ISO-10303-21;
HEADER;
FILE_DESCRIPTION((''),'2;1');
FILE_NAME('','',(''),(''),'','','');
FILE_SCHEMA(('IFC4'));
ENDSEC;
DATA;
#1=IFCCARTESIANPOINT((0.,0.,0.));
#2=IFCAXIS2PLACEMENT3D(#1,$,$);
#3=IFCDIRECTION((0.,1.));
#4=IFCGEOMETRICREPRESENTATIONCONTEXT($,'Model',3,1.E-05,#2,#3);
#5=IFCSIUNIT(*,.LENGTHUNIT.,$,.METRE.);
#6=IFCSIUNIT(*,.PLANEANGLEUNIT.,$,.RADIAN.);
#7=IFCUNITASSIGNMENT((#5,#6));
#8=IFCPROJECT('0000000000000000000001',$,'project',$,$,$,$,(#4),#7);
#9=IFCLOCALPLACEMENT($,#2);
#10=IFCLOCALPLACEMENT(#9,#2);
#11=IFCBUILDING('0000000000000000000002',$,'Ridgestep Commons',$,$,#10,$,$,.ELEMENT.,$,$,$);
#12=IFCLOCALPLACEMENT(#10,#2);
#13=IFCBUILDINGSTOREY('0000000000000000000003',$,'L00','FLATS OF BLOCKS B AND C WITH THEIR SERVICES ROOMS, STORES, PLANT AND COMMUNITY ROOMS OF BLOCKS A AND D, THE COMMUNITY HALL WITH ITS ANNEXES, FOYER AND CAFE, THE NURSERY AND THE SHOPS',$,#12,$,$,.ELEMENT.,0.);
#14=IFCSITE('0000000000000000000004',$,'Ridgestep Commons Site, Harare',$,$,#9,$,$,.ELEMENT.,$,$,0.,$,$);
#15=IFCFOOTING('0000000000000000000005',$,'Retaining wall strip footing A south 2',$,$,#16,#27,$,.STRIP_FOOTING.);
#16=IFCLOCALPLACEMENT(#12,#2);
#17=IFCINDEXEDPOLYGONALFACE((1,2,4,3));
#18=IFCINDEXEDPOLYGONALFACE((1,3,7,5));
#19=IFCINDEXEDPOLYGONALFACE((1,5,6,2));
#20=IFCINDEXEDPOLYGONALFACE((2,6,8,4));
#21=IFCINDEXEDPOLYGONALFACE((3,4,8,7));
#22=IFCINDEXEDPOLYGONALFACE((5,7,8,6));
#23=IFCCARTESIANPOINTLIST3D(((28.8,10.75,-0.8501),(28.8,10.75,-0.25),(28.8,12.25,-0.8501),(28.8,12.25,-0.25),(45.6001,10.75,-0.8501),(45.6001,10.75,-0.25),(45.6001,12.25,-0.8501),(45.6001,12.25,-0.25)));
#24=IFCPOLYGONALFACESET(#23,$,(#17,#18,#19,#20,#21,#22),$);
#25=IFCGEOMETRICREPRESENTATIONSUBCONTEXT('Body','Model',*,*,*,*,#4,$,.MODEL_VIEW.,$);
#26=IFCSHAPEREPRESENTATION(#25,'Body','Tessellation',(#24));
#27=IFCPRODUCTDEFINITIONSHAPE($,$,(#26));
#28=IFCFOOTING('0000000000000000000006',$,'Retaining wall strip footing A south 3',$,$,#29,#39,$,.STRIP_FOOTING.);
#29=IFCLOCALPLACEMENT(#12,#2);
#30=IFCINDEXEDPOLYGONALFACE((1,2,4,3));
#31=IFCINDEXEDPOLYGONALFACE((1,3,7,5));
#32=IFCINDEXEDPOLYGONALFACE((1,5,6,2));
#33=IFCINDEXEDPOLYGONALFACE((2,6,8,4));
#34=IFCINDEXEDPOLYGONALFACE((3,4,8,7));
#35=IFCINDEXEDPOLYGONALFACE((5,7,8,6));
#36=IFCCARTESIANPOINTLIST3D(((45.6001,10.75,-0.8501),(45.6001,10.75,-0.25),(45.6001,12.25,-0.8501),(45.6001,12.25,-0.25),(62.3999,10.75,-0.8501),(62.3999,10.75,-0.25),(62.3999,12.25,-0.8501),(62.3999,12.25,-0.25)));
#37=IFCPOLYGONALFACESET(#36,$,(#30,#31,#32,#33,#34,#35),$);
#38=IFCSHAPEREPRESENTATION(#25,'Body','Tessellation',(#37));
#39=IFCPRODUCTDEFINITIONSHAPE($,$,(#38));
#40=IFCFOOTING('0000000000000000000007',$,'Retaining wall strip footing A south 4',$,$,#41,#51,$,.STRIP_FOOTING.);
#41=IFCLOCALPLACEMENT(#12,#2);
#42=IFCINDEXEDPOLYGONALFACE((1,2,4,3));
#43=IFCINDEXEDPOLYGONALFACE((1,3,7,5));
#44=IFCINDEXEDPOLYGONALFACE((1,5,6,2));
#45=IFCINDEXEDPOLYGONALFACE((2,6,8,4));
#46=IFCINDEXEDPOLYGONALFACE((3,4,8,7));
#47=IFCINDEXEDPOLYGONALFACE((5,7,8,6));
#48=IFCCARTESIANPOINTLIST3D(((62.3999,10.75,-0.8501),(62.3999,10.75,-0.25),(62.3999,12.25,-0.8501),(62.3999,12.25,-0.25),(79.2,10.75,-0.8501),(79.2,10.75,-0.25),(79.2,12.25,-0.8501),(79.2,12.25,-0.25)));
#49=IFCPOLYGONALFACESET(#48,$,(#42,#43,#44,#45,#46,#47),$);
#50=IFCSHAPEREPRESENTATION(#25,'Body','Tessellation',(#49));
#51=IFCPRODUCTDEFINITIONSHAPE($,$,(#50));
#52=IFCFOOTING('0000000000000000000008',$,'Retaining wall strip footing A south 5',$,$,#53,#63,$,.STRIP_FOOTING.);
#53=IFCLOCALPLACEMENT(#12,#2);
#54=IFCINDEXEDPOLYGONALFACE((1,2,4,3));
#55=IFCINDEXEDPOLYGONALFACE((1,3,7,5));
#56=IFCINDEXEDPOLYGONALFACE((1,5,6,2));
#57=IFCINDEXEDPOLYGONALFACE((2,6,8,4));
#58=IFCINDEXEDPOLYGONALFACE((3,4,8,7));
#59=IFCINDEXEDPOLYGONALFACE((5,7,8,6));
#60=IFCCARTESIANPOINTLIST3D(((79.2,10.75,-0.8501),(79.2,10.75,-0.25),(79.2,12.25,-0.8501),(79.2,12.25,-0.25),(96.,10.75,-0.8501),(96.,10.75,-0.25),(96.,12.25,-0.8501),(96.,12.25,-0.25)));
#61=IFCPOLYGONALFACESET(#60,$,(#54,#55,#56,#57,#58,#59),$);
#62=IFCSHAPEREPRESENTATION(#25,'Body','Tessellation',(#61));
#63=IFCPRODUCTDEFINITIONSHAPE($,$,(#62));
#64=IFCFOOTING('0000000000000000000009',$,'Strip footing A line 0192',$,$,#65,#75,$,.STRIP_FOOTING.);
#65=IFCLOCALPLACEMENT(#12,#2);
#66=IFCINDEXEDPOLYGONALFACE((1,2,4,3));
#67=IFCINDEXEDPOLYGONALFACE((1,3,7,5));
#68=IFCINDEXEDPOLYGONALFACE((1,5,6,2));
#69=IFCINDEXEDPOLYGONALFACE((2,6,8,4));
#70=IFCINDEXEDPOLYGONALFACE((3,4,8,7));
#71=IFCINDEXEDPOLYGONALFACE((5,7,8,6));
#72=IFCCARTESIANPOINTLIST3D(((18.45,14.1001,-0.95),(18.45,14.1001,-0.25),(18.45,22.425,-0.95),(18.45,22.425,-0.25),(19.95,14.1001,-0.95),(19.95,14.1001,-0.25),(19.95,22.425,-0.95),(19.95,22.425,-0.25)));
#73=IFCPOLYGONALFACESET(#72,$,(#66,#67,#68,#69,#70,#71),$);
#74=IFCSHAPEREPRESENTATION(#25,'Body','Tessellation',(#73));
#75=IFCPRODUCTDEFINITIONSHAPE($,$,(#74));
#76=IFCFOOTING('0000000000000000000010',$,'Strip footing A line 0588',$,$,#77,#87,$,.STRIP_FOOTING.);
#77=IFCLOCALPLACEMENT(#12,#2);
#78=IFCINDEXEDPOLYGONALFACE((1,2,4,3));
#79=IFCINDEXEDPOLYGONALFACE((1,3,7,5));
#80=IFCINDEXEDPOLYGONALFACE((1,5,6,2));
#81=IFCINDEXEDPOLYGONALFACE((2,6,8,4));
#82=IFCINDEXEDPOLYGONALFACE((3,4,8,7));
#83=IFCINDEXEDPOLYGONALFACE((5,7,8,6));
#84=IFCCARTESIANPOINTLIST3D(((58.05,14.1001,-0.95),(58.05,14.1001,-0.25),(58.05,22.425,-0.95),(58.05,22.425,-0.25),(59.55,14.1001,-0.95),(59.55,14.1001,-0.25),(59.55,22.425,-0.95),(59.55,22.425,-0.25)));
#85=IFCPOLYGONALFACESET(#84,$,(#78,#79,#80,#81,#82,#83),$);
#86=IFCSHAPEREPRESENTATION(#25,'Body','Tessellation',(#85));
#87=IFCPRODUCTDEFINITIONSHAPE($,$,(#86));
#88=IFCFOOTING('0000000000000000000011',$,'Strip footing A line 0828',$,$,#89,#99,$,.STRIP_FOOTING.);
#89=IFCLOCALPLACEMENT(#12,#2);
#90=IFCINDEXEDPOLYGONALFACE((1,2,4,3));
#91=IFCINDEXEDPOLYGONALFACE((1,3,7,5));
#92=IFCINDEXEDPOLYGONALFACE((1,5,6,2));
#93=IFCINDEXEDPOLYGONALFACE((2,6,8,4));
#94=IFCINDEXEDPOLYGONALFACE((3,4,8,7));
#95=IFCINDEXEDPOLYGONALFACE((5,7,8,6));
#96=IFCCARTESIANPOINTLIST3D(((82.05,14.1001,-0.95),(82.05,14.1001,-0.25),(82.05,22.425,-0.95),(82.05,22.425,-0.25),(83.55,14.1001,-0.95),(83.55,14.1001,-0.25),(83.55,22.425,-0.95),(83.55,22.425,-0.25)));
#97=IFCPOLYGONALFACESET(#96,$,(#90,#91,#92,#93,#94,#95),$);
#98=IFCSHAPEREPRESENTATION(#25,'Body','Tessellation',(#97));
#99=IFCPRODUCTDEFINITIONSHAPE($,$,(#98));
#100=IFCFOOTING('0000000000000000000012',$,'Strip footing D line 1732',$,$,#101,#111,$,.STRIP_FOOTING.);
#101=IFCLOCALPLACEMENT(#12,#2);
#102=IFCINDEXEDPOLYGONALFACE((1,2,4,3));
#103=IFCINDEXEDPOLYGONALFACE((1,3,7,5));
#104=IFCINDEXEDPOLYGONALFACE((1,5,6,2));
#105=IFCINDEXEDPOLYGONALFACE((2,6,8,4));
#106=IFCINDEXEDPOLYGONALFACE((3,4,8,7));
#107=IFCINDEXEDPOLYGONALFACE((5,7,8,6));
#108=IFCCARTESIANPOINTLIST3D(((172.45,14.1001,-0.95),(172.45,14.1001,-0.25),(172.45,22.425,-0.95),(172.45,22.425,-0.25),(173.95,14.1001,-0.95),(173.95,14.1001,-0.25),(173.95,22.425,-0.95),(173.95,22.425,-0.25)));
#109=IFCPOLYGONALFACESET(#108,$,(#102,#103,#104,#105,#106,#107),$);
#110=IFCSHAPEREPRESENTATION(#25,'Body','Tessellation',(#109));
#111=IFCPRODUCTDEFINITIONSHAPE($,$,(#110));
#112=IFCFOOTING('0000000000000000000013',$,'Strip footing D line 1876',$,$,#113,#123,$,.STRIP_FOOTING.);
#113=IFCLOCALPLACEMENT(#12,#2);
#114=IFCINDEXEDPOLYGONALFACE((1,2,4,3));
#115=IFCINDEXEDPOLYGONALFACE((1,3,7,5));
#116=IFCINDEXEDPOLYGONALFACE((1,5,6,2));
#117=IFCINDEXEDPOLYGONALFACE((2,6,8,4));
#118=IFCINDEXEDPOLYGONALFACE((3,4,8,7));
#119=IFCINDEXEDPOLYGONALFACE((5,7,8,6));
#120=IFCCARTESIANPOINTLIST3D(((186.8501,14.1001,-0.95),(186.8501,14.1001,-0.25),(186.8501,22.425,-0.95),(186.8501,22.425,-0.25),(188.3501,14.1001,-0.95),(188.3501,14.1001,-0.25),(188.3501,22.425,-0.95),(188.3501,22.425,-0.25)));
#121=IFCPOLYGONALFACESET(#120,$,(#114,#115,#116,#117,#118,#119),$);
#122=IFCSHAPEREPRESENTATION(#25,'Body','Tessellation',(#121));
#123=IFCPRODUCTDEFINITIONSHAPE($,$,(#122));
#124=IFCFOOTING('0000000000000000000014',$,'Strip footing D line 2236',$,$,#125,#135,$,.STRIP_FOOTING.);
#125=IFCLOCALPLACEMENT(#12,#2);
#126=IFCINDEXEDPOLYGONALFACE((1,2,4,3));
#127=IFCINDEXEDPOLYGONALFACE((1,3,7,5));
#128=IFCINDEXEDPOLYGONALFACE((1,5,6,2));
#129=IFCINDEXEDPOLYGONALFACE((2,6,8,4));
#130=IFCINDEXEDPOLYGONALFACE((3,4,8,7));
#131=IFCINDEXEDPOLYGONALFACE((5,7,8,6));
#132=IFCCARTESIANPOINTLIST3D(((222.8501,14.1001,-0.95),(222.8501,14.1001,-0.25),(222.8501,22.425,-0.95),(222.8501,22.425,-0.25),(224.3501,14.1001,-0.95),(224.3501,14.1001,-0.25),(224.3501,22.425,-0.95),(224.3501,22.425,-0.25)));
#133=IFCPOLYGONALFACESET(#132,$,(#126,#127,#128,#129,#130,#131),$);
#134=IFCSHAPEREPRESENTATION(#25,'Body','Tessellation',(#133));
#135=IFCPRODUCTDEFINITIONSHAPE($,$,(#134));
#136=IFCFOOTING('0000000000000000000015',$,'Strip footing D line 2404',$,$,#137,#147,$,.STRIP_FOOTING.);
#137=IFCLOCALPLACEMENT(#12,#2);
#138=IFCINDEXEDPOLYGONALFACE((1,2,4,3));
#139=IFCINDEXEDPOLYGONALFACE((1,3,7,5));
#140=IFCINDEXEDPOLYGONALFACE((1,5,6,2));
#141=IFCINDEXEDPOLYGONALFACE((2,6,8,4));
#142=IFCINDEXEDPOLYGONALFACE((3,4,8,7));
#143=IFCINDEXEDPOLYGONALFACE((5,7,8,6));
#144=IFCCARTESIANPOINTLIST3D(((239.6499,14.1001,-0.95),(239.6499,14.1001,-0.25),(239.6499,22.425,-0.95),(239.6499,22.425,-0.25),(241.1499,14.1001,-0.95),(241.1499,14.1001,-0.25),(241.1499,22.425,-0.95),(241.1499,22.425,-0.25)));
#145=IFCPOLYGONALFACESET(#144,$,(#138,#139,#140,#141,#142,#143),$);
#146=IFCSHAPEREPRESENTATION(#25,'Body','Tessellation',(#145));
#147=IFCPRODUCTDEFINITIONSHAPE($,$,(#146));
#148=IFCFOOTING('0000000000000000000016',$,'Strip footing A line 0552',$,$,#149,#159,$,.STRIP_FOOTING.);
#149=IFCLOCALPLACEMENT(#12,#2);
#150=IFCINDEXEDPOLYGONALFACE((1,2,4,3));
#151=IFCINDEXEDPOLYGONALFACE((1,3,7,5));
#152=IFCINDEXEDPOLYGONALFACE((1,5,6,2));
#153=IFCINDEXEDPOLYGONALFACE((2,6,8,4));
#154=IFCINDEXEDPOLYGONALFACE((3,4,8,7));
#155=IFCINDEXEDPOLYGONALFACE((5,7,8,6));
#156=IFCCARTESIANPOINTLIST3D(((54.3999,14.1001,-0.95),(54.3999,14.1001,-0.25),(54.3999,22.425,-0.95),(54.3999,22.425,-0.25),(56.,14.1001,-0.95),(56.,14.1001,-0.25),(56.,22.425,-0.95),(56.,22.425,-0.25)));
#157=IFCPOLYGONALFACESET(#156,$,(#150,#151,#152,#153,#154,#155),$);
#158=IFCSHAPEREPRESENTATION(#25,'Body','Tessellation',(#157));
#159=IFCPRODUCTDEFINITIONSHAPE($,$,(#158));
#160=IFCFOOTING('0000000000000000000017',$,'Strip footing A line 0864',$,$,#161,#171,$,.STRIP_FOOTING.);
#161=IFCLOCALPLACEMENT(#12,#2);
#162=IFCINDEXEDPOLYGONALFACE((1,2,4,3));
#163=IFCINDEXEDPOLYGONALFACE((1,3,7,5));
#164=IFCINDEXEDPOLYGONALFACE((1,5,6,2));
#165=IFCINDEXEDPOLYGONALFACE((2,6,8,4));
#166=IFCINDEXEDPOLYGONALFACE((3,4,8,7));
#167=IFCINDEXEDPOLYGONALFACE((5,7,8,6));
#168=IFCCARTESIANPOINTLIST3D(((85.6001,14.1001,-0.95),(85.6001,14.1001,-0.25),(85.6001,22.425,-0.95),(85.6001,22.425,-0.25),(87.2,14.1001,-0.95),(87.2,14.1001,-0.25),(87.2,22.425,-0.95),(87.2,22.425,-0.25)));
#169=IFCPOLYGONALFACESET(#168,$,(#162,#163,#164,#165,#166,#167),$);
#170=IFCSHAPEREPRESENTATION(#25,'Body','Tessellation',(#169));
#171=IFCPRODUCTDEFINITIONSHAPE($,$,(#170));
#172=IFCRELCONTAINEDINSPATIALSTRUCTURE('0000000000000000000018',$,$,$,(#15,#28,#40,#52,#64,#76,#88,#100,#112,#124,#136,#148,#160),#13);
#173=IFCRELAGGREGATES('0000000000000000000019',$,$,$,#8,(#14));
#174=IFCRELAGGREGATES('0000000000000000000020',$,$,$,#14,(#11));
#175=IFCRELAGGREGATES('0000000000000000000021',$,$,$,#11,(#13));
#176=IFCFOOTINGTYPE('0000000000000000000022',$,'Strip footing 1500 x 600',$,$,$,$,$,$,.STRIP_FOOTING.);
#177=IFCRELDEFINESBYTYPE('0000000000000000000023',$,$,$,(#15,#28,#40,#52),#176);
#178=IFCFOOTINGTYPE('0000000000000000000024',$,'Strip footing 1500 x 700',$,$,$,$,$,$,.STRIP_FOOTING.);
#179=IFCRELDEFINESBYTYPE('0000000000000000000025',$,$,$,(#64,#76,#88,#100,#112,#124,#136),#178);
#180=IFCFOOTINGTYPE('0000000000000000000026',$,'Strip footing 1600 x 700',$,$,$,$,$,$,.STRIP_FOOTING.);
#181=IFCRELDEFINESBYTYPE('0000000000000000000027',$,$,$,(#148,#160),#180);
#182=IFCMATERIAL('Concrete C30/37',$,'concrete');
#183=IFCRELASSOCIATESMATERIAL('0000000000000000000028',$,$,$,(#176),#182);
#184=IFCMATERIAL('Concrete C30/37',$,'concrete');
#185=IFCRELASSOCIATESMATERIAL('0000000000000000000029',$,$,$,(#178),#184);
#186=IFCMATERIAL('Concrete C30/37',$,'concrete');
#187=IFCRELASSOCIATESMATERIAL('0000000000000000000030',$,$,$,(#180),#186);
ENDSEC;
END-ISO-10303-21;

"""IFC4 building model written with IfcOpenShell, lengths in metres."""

from ifc_helpers import new_model, si_unit, direction, frame, origin, place, context, subcontext, project, spatial, polyline, outline, extrude, material, type_object, element, save


model = new_model("IFC4")

# Units and contexts
model_context = context("Model", 3, precision=1e-05, world=origin(), true_north=direction((0.0, 1.0)))
body_context = subcontext(model_context, "Body", "Model", "MODEL_VIEW")
ifc_project = project(units=[si_unit("LENGTHUNIT", "METRE"), si_unit("PLANEANGLEUNIT", "RADIAN")], contexts=[model_context])

# Site, building, storey
site_placement = place(None, origin())
site = spatial("IfcSite", under=ifc_project, at=site_placement, Name="Ridgestep Commons Site, Harare", CompositionType="ELEMENT", RefElevation=0.0)
building_placement = place(site_placement, origin())
building = spatial("IfcBuilding", under=site, at=building_placement, Name="Ridgestep Commons", CompositionType="ELEMENT")
storey_placement = place(building_placement, origin())
storey = spatial("IfcBuildingStorey", under=building, at=storey_placement, Name="L00", Description="FLATS OF BLOCKS B AND C WITH THEIR SERVICES ROOMS, STORES, PLANT AND COMMUNITY ROOMS OF BLOCKS A AND D, THE COMMUNITY HALL WITH ITS ANNEXES, FOYER AND CAFE, THE NURSERY AND THE SHOPS", CompositionType="ELEMENT", Elevation=0.0)

# Footings
ifc_material_1 = material(Name="Concrete C30/37", Category="concrete")
footing_type_1 = type_object("IfcFootingType", Name="Strip footing 1500 x 600", PredefinedType="STRIP_FOOTING", material=ifc_material_1)
footing_1_placement = place(storey_placement, frame((0.0, 0.0, -0.8501)))
element("IfcFooting", 1, at=footing_1_placement, inside=storey, type_object=footing_type_1, Name="Retaining wall strip footing A south 2", PredefinedType="STRIP_FOOTING", context=body_context, shape_type="SweptSolid", body=[
    extrude(outline(polyline([(45.6001, 10.75), (45.6001, 12.25), (28.8, 12.25), (28.8, 10.75), (45.6001, 10.75)])), origin(), (0.0, 0.0, 1.0), 0.6001),
])
footing_2_placement = place(storey_placement, frame((0.0, 0.0, -0.8501)))
element("IfcFooting", 2, at=footing_2_placement, inside=storey, type_object=footing_type_1, Name="Retaining wall strip footing A south 3", PredefinedType="STRIP_FOOTING", context=body_context, shape_type="SweptSolid", body=[
    extrude(outline(polyline([(62.3999, 10.75), (62.3999, 12.25), (45.6001, 12.25), (45.6001, 10.75), (62.3999, 10.75)])), origin(), (0.0, 0.0, 1.0), 0.6001),
])
footing_3_placement = place(storey_placement, frame((0.0, 0.0, -0.8501)))
element("IfcFooting", 3, at=footing_3_placement, inside=storey, type_object=footing_type_1, Name="Retaining wall strip footing A south 4", PredefinedType="STRIP_FOOTING", context=body_context, shape_type="SweptSolid", body=[
    extrude(outline(polyline([(79.2, 10.75), (79.2, 12.25), (62.3999, 12.25), (62.3999, 10.75), (79.2, 10.75)])), origin(), (0.0, 0.0, 1.0), 0.6001),
])
footing_4_placement = place(storey_placement, frame((0.0, 0.0, -0.8501)))
element("IfcFooting", 4, at=footing_4_placement, inside=storey, type_object=footing_type_1, Name="Retaining wall strip footing A south 5", PredefinedType="STRIP_FOOTING", context=body_context, shape_type="SweptSolid", body=[
    extrude(outline(polyline([(96.0, 10.75), (96.0, 12.25), (79.2, 12.25), (79.2, 10.75), (96.0, 10.75)])), origin(), (0.0, 0.0, 1.0), 0.6001),
])
ifc_material_2 = material(Name="Concrete C30/37", Category="concrete")
footing_type_2 = type_object("IfcFootingType", Name="Strip footing 1500 x 700", PredefinedType="STRIP_FOOTING", material=ifc_material_2)
footing_5_placement = place(storey_placement, frame((0.0, 0.0, -0.95)))
element("IfcFooting", 5, at=footing_5_placement, inside=storey, type_object=footing_type_2, Name="Strip footing A line 0192", PredefinedType="STRIP_FOOTING", context=body_context, shape_type="SweptSolid", body=[
    extrude(outline(polyline([(19.95, 14.1001), (19.95, 22.425), (18.45, 22.425), (18.45, 14.1001), (19.95, 14.1001)])), origin(), (0.0, 0.0, 1.0), 0.7),
])
footing_6_placement = place(storey_placement, frame((0.0, 0.0, -0.95)))
element("IfcFooting", 6, at=footing_6_placement, inside=storey, type_object=footing_type_2, Name="Strip footing A line 0588", PredefinedType="STRIP_FOOTING", context=body_context, shape_type="SweptSolid", body=[
    extrude(outline(polyline([(59.55, 14.1001), (59.55, 22.425), (58.05, 22.425), (58.05, 14.1001), (59.55, 14.1001)])), origin(), (0.0, 0.0, 1.0), 0.7),
])
footing_7_placement = place(storey_placement, frame((0.0, 0.0, -0.95)))
element("IfcFooting", 7, at=footing_7_placement, inside=storey, type_object=footing_type_2, Name="Strip footing A line 0828", PredefinedType="STRIP_FOOTING", context=body_context, shape_type="SweptSolid", body=[
    extrude(outline(polyline([(83.55, 14.1001), (83.55, 22.425), (82.05, 22.425), (82.05, 14.1001), (83.55, 14.1001)])), origin(), (0.0, 0.0, 1.0), 0.7),
])
footing_8_placement = place(storey_placement, frame((0.0, 0.0, -0.95)))
element("IfcFooting", 8, at=footing_8_placement, inside=storey, type_object=footing_type_2, Name="Strip footing D line 1732", PredefinedType="STRIP_FOOTING", context=body_context, shape_type="SweptSolid", body=[
    extrude(outline(polyline([(173.95, 14.1001), (173.95, 22.425), (172.45, 22.425), (172.45, 14.1001), (173.95, 14.1001)])), origin(), (0.0, 0.0, 1.0), 0.7),
])
footing_9_placement = place(storey_placement, frame((0.0, 0.0, -0.95)))
element("IfcFooting", 9, at=footing_9_placement, inside=storey, type_object=footing_type_2, Name="Strip footing D line 1876", PredefinedType="STRIP_FOOTING", context=body_context, shape_type="SweptSolid", body=[
    extrude(outline(polyline([(188.3501, 14.1001), (188.3501, 22.425), (186.8501, 22.425), (186.8501, 14.1001), (188.3501, 14.1001)])), origin(), (0.0, 0.0, 1.0), 0.7),
])
footing_10_placement = place(storey_placement, frame((0.0, 0.0, -0.95)))
element("IfcFooting", 10, at=footing_10_placement, inside=storey, type_object=footing_type_2, Name="Strip footing D line 2236", PredefinedType="STRIP_FOOTING", context=body_context, shape_type="SweptSolid", body=[
    extrude(outline(polyline([(224.3501, 14.1001), (224.3501, 22.425), (222.8501, 22.425), (222.8501, 14.1001), (224.3501, 14.1001)])), origin(), (0.0, 0.0, 1.0), 0.7),
])
footing_11_placement = place(storey_placement, frame((0.0, 0.0, -0.95)))
element("IfcFooting", 11, at=footing_11_placement, inside=storey, type_object=footing_type_2, Name="Strip footing D line 2404", PredefinedType="STRIP_FOOTING", context=body_context, shape_type="SweptSolid", body=[
    extrude(outline(polyline([(241.1499, 14.1001), (241.1499, 22.425), (239.6499, 22.425), (239.6499, 14.1001), (241.1499, 14.1001)])), origin(), (0.0, 0.0, 1.0), 0.7),
])
ifc_material_3 = material(Name="Concrete C30/37", Category="concrete")
footing_type_3 = type_object("IfcFootingType", Name="Strip footing 1600 x 700", PredefinedType="STRIP_FOOTING", material=ifc_material_3)
footing_12_placement = place(storey_placement, frame((0.0, 0.0, -0.95)))
element("IfcFooting", 12, at=footing_12_placement, inside=storey, type_object=footing_type_3, Name="Strip footing A line 0552", PredefinedType="STRIP_FOOTING", context=body_context, shape_type="SweptSolid", body=[
    extrude(outline(polyline([(56.0, 14.1001), (56.0, 22.425), (54.3999, 22.425), (54.3999, 14.1001), (56.0, 14.1001)])), origin(), (0.0, 0.0, 1.0), 0.7),
])
footing_13_placement = place(storey_placement, frame((0.0, 0.0, -0.95)))
element("IfcFooting", 13, at=footing_13_placement, inside=storey, type_object=footing_type_3, Name="Strip footing A line 0864", PredefinedType="STRIP_FOOTING", context=body_context, shape_type="SweptSolid", body=[
    extrude(outline(polyline([(87.2, 14.1001), (87.2, 22.425), (85.6001, 22.425), (85.6001, 14.1001), (87.2, 14.1001)])), origin(), (0.0, 0.0, 1.0), 0.7),
])

save(model, "model.ifc")
